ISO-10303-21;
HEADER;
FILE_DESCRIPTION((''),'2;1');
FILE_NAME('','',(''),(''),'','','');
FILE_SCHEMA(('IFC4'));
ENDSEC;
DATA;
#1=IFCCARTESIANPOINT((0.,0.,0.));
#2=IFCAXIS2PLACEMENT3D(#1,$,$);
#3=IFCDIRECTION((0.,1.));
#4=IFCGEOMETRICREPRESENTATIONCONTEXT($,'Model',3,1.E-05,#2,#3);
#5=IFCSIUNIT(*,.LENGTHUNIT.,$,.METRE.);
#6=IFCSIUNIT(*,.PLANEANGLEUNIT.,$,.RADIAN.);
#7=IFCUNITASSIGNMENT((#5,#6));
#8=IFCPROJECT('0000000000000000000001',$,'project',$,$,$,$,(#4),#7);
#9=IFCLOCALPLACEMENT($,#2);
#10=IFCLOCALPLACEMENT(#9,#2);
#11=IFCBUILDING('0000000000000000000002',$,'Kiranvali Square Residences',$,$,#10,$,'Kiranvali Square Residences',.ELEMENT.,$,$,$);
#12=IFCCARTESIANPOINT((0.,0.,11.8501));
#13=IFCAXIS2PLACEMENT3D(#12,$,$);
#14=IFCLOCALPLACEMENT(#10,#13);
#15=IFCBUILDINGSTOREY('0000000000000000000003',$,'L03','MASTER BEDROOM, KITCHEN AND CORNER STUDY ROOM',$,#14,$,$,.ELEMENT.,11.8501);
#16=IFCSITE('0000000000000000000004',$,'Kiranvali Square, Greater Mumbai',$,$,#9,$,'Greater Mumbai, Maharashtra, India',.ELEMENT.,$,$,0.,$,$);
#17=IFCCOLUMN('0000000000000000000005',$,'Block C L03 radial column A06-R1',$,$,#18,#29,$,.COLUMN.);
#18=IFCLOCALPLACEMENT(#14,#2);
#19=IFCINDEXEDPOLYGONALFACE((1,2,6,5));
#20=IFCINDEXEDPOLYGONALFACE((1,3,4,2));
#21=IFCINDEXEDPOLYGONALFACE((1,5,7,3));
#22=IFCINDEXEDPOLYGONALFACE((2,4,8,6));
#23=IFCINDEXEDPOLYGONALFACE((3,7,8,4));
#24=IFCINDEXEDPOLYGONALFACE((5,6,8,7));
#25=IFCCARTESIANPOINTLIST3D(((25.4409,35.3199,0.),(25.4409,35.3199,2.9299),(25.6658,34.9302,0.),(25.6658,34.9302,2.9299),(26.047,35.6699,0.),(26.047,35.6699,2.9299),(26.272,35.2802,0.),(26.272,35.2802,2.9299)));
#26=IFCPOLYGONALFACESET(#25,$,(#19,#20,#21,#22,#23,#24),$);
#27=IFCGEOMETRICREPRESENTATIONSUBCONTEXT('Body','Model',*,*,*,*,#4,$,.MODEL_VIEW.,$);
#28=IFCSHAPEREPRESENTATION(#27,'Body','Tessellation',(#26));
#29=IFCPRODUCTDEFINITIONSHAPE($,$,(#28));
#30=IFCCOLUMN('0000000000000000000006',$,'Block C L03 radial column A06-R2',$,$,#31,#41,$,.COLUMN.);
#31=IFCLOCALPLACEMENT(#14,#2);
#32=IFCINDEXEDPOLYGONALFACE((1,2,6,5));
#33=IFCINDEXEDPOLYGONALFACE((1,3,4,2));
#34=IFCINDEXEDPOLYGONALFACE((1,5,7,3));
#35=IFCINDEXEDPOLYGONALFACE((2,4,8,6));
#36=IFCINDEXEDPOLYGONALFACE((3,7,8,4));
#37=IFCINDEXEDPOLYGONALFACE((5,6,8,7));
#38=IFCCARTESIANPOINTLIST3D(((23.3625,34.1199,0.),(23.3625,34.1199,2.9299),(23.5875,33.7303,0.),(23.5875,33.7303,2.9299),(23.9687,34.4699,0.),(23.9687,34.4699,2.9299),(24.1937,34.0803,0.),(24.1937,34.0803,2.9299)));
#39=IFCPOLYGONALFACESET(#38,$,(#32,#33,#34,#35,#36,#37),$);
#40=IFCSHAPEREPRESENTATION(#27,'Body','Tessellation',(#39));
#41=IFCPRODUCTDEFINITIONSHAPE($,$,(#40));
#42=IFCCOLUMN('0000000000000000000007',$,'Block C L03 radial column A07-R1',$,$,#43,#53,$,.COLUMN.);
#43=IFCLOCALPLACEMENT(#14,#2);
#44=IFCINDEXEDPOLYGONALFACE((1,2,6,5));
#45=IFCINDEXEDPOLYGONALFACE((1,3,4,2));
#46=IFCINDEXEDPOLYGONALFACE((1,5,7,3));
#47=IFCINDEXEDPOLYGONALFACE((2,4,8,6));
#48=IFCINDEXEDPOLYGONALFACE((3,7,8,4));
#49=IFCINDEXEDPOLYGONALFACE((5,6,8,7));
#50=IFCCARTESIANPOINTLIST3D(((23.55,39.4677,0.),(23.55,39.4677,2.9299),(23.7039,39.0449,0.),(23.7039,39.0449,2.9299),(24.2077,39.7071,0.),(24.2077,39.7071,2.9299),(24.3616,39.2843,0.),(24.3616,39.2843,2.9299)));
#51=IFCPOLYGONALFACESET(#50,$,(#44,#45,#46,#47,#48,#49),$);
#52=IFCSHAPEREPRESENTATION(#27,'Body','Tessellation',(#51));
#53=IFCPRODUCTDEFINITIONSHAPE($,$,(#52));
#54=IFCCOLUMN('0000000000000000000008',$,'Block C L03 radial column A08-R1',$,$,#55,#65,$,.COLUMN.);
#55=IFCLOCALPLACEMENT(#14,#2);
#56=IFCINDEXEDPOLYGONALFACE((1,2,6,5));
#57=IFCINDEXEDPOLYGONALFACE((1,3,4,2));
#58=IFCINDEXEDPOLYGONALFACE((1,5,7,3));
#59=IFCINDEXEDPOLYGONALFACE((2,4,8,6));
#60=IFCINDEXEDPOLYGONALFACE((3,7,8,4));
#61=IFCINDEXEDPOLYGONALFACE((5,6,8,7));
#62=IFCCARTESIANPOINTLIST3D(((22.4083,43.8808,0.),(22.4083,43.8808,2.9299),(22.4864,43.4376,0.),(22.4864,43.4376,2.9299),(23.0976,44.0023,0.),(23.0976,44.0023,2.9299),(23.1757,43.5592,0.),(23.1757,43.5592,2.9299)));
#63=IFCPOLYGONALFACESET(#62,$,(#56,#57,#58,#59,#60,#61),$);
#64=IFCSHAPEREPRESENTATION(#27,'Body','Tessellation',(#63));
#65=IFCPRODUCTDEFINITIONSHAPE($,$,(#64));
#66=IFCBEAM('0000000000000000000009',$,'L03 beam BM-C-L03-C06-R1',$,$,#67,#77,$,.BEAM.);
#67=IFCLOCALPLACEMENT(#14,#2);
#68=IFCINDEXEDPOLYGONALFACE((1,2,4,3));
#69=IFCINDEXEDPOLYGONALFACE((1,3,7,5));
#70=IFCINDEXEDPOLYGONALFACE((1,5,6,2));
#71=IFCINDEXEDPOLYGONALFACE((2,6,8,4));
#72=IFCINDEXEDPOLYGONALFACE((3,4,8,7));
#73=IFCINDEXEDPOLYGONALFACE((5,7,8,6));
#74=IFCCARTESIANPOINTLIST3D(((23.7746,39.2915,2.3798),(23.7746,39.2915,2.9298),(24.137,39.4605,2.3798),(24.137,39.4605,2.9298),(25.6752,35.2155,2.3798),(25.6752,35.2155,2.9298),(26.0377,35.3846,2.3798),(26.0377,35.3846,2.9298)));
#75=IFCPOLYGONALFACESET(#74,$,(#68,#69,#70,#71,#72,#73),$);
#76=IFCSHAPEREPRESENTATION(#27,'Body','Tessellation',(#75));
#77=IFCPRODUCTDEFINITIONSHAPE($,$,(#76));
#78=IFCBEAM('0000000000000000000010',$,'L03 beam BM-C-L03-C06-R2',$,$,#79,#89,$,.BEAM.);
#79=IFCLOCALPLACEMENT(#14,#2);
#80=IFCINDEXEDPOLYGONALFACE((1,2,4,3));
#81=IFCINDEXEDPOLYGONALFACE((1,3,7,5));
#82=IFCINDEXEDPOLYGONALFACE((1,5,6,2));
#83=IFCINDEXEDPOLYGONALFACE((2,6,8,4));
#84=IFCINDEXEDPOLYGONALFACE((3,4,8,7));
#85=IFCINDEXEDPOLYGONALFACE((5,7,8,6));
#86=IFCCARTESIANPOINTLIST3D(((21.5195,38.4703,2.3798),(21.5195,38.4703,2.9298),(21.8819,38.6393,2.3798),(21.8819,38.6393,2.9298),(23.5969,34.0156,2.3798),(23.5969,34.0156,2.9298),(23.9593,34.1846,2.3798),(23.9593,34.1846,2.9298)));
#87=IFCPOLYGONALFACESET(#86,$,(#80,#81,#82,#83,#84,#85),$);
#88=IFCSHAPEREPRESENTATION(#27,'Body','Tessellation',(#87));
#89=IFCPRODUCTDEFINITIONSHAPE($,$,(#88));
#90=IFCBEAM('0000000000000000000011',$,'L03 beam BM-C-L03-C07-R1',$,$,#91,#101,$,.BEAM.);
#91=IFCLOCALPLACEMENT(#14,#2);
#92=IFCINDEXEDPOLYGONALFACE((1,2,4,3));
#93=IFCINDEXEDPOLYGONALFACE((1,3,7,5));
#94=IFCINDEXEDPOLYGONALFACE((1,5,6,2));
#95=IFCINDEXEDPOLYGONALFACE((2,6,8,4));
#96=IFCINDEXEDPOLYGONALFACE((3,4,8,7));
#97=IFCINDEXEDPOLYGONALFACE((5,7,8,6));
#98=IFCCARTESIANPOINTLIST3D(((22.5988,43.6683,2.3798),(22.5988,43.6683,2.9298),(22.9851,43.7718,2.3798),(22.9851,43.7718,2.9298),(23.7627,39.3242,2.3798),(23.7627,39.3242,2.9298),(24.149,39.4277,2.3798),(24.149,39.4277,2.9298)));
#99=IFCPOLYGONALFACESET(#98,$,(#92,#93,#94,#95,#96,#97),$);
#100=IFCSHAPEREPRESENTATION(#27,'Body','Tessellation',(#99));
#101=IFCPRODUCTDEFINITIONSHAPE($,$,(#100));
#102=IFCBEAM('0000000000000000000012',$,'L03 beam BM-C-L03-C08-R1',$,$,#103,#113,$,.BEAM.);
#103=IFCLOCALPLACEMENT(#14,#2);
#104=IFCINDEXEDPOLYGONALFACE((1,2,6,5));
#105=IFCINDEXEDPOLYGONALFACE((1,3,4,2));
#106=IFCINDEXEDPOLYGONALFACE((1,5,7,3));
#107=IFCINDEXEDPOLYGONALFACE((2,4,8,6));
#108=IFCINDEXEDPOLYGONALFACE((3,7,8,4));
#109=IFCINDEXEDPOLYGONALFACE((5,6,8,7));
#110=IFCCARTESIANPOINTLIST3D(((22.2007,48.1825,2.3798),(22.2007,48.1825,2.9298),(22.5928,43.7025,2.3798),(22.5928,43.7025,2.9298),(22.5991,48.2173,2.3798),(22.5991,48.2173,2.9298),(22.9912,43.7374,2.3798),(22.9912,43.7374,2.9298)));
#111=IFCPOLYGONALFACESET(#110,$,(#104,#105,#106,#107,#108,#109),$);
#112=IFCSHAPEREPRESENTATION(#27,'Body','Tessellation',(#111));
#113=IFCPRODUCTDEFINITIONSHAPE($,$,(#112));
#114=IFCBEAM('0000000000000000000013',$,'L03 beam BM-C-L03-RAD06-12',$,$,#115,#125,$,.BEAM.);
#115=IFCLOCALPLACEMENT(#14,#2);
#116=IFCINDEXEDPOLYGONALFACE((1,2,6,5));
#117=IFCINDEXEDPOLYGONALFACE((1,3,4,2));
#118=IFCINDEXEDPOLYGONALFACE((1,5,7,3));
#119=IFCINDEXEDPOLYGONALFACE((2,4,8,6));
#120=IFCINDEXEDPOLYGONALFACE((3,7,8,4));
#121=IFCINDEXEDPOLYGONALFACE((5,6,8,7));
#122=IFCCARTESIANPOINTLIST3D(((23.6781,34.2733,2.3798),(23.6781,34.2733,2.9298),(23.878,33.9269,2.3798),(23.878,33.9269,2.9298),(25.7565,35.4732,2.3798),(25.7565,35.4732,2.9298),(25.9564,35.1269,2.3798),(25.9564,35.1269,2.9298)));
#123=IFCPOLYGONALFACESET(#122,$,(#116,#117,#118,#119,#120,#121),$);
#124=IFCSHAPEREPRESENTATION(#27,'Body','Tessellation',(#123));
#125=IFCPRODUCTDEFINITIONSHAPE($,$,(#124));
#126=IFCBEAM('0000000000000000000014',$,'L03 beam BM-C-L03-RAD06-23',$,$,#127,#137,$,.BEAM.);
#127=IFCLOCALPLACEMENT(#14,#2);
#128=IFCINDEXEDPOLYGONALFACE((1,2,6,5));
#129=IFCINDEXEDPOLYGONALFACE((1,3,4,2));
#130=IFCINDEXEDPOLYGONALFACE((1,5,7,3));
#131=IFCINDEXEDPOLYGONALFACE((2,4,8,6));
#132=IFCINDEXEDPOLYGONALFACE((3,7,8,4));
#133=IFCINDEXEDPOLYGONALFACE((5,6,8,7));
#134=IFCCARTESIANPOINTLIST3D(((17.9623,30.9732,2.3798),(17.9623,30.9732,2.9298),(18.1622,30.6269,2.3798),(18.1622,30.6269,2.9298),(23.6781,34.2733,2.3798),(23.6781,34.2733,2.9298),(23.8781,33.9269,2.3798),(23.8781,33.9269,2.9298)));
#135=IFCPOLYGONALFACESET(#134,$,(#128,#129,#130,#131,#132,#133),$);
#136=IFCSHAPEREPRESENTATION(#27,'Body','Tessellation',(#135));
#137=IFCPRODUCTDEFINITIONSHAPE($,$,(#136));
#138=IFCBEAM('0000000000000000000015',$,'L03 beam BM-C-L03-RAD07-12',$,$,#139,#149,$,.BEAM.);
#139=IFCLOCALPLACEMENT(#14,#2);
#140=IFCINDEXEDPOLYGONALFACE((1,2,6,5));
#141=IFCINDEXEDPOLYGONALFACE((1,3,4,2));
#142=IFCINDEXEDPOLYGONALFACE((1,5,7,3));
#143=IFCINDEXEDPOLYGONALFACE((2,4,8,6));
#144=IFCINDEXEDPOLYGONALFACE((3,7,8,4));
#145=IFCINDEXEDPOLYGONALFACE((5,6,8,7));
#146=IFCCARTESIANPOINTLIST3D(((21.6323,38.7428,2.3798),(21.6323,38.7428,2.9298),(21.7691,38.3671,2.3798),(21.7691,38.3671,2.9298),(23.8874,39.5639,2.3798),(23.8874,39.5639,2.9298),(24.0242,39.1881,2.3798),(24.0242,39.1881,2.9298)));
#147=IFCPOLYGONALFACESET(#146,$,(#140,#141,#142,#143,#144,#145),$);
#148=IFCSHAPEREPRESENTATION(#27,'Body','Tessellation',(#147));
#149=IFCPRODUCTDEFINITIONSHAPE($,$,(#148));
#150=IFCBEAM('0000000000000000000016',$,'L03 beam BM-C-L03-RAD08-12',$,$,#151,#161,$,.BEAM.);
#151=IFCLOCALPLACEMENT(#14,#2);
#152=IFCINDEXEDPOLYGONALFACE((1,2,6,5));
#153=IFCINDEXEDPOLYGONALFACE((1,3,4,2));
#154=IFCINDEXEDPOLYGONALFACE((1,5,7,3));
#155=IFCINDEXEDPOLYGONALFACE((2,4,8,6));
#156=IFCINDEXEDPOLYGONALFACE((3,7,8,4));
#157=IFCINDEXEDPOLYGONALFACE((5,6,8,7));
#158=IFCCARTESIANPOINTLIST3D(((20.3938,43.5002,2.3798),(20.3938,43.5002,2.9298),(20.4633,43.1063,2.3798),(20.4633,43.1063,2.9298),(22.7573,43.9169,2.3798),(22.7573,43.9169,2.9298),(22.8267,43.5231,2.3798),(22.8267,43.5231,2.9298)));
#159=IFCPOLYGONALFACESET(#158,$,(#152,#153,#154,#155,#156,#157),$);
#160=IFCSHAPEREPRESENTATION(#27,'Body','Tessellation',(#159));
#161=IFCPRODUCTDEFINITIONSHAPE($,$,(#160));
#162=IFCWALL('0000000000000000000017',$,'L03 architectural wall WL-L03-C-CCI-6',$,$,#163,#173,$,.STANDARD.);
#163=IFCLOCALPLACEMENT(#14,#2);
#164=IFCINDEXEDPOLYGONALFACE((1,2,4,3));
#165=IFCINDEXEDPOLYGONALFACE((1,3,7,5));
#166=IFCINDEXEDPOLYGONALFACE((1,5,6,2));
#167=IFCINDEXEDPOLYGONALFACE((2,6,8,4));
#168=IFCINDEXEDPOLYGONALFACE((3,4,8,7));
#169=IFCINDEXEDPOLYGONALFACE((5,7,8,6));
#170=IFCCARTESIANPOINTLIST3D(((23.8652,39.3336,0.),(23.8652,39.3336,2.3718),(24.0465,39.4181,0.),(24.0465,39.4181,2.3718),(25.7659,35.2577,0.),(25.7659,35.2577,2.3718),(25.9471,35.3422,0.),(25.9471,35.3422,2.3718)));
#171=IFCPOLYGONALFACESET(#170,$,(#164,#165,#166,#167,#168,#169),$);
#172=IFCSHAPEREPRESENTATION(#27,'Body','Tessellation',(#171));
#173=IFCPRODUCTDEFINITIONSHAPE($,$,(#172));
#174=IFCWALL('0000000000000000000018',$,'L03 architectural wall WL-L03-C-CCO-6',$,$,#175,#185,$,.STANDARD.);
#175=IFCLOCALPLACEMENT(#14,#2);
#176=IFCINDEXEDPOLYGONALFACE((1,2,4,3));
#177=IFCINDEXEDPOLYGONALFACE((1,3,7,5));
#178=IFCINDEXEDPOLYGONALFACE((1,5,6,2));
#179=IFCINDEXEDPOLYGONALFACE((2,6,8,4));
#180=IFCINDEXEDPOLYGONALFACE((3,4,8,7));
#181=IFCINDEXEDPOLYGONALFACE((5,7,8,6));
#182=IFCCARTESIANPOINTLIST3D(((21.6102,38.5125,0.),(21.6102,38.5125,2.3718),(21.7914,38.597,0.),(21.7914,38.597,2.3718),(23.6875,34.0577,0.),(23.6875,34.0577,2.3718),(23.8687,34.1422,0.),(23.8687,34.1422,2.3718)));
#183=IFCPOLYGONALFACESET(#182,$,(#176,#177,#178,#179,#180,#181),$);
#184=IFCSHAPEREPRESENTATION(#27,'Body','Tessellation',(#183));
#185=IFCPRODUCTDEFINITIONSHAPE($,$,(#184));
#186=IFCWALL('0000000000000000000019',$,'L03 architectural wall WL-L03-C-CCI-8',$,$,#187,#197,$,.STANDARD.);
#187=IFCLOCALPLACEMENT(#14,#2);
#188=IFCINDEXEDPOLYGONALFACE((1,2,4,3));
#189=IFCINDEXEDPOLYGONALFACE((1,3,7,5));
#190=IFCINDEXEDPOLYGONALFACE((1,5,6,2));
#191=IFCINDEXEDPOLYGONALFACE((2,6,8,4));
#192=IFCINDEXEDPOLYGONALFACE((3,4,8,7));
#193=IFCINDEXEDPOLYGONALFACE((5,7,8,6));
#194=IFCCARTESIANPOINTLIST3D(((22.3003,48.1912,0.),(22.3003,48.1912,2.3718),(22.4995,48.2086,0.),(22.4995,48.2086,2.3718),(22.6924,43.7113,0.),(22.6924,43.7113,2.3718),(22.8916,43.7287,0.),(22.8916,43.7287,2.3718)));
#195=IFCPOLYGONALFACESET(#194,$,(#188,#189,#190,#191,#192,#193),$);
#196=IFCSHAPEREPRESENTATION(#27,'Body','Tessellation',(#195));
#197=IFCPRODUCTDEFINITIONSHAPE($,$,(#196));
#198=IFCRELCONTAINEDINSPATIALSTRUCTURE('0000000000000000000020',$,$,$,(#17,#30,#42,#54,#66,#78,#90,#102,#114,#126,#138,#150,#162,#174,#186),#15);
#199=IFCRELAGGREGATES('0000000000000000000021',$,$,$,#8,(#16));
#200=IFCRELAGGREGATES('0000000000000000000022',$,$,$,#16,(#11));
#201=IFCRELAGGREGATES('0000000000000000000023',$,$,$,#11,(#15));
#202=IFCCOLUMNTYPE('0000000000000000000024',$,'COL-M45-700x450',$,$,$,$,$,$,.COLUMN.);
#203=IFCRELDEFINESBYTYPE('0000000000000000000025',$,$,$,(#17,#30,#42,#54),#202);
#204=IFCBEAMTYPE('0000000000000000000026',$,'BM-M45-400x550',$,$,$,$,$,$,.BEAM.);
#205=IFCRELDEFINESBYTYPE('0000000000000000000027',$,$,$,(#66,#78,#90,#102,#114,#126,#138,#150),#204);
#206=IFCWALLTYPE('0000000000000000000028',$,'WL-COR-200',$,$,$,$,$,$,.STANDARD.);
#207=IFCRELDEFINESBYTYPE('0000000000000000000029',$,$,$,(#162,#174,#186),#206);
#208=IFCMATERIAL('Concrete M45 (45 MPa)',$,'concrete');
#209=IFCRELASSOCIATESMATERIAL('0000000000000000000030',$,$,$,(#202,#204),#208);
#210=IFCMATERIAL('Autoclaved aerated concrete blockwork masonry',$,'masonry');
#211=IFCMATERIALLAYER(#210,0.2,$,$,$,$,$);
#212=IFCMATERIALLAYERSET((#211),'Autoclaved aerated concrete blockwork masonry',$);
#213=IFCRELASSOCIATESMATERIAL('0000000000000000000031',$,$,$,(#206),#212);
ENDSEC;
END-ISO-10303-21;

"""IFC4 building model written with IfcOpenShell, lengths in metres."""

from ifc_helpers import new_model, si_unit, direction, frame, frame_2d, origin, origin_2d, place, context, subcontext, project, spatial, rectangle, extrude, material, layer, layer_set, material_profile, profile_set, type_object, element, save


model = new_model("IFC4")

# Units and contexts
model_context = context("Model", 3, precision=1e-05, world=origin(), true_north=direction((0.0, 1.0)))
body_context = subcontext(model_context, "Body", "Model", "MODEL_VIEW")
ifc_project = project(units=[si_unit("LENGTHUNIT", "METRE"), si_unit("PLANEANGLEUNIT", "RADIAN")], contexts=[model_context])

# Site, building, storey
site_placement = place(None, origin())
site = spatial("IfcSite", under=ifc_project, at=site_placement, Name="Kiranvali Square, Greater Mumbai", LongName="Greater Mumbai, Maharashtra, India", CompositionType="ELEMENT", RefElevation=0.0)
building_placement = place(site_placement, origin())
building = spatial("IfcBuilding", under=site, at=building_placement, Name="Kiranvali Square Residences", LongName="Kiranvali Square Residences", CompositionType="ELEMENT")
storey_placement = place(building_placement, frame((0.0, 0.0, 11.8501)))
storey = spatial("IfcBuildingStorey", under=building, at=storey_placement, Name="L03", Description="MASTER BEDROOM, KITCHEN AND CORNER STUDY ROOM", CompositionType="ELEMENT", Elevation=11.8501)

# Columns
ifc_material_1 = material(Name="Concrete M45 (45 MPa)", Category="concrete")
ifc_material_profile_1 = material_profile(ifc_material_1, rectangle(XDim=0.45, YDim=0.7, at=origin_2d()), Name="RC 700x450")
ifc_profile_set_1 = profile_set([ifc_material_profile_1], Name="Concrete M45 (45 MPa)")
column_type = type_object("IfcColumnType", Name="COL-M45-700x450", PredefinedType="COLUMN", material=ifc_profile_set_1)
for number, where, z_axis, x_axis, name in (
    (1, (25.8564, 35.3, 0.0), (0.0, 0.0, 1.0), (-0.5, 0.866025, 0.0), "Block C L03 radial column A06-R1"),
    (2, (23.7781, 34.1001, 0.0), (0.0, 0.0, 1.0), (-0.5, 0.866025, 0.0), "Block C L03 radial column A06-R2"),
    (3, (23.9558, 39.376, 0.0), (0.0, 0.0, 1.0), (-0.34202, 0.939693, 0.0), "Block C L03 radial column A07-R1"),
    (4, (22.792, 43.72, 0.0), (0.0, 0.0, 1.0), (-0.173648, 0.984808, 0.0), "Block C L03 radial column A08-R1"),
):
    element("IfcColumn", number, at=place(storey_placement, frame(where, z_axis=z_axis, x_axis=x_axis)), inside=storey, type_object=column_type, Name=name, PredefinedType="COLUMN", context=body_context, shape_type="SweptSolid", body=[
        extrude(rectangle(XDim=0.45, YDim=0.7, at=origin_2d()), origin(), (0.0, 0.0, 1.0), 2.9299),
    ])

# Beams
ifc_material_profile_2 = material_profile(ifc_material_1, rectangle(XDim=0.3999, YDim=0.55, at=origin_2d()), Name="RC 400x550")
ifc_profile_set_2 = profile_set([ifc_material_profile_2], Name="Concrete M45 (45 MPa)")
beam_type = type_object("IfcBeamType", Name="BM-M45-400x550", PredefinedType="BEAM", material=ifc_profile_set_2)
beam_1_placement = place(storey_placement, frame((25.8564, 35.3, 2.6548), z_axis=(-0.422618, 0.906308, 0.0), x_axis=(-0.906308, -0.422618, 0.0)))
element("IfcBeam", 5, at=beam_1_placement, inside=storey, type_object=beam_type, Name="L03 beam BM-C-L03-C06-R1", PredefinedType="BEAM", context=body_context, shape_type="SweptSolid", body=[
    extrude(rectangle(XDim=0.3999, YDim=0.55, at=origin_2d()), origin(), (0.0, 0.0, 1.0), 4.4973),
])
beam_2_placement = place(storey_placement, frame((23.7781, 34.1001, 2.6548), z_axis=(-0.42263, 0.906302, 0.0), x_axis=(-0.906302, -0.42263, 0.0)))
element("IfcBeam", 6, at=beam_2_placement, inside=storey, type_object=beam_type, Name="L03 beam BM-C-L03-C06-R2", PredefinedType="BEAM", context=body_context, shape_type="SweptSolid", body=[
    extrude(rectangle(XDim=0.3999, YDim=0.55, at=origin_2d()), origin(), (0.0, 0.0, 1.0), 4.9153),
])
beam_3_placement = place(storey_placement, frame((23.9558, 39.376, 2.6548), z_axis=(-0.258788, 0.965934, 0.0), x_axis=(-0.965934, -0.258788, 0.0)))
element("IfcBeam", 7, at=beam_3_placement, inside=storey, type_object=beam_type, Name="L03 beam BM-C-L03-C07-R1", PredefinedType="BEAM", context=body_context, shape_type="SweptSolid", body=[
    extrude(rectangle(XDim=0.3999, YDim=0.55, at=origin_2d()), origin(), (0.0, 0.0, 1.0), 4.4973),
])
beam_4_placement = place(storey_placement, frame((22.792, 43.72, 2.6548), z_axis=(-0.087187, 0.996192, 0.0), x_axis=(-0.996192, -0.087187, 0.0)))
element("IfcBeam", 8, at=beam_4_placement, inside=storey, type_object=beam_type, Name="L03 beam BM-C-L03-C08-R1", PredefinedType="BEAM", context=body_context, shape_type="SweptSolid", body=[
    extrude(rectangle(XDim=0.3999, YDim=0.55, at=origin_2d()), origin(), (0.0, 0.0, 1.0), 4.4971),
])
beam_5_placement = place(storey_placement, frame((25.8564, 35.3, 2.6548), z_axis=(-0.866025, -0.500001, 0.0), x_axis=(0.500001, -0.866025, 0.0)))
element("IfcBeam", 9, at=beam_5_placement, inside=storey, type_object=beam_type, Name="L03 beam BM-C-L03-RAD06-12", PredefinedType="BEAM", context=body_context, shape_type="SweptSolid", body=[
    extrude(rectangle(XDim=0.3999, YDim=0.55, at=origin_2d()), origin(), (0.0, 0.0, 1.0), 2.3999),
])
beam_6_placement = place(storey_placement, frame((23.7781, 34.1001, 2.6548), z_axis=(-0.866024, -0.500002, 0.0), x_axis=(0.500002, -0.866024, 0.0)))
element("IfcBeam", 10, at=beam_6_placement, inside=storey, type_object=beam_type, Name="L03 beam BM-C-L03-RAD06-23", PredefinedType="BEAM", context=body_context, shape_type="SweptSolid", body=[
    extrude(rectangle(XDim=0.3999, YDim=0.55, at=origin_2d()), origin(), (0.0, 0.0, 1.0), 6.6001),
])
for number, where, z_axis, x_axis, name in (
    (11, (23.9558, 39.376, 2.6548), (-0.93966, -0.342111, 0.0), (0.342111, -0.93966, 0.0), "L03 beam BM-C-L03-RAD07-12"),
    (12, (22.792, 43.72, 2.6548), (-0.984808, -0.173646, 0.0), (0.173646, -0.984808, 0.0), "L03 beam BM-C-L03-RAD08-12"),
):
    element("IfcBeam", number, at=place(storey_placement, frame(where, z_axis=z_axis, x_axis=x_axis)), inside=storey, type_object=beam_type, Name=name, PredefinedType="BEAM", context=body_context, shape_type="SweptSolid", body=[
        extrude(rectangle(XDim=0.3999, YDim=0.55, at=origin_2d()), origin(), (0.0, 0.0, 1.0), 2.3999),
    ])

# Walls
ifc_material_2 = material(Name="Autoclaved aerated concrete blockwork masonry", Category="masonry")
ifc_layer_1 = layer(ifc_material_2, 0.2)
ifc_layer_set_1 = layer_set([ifc_layer_1], Name="Autoclaved aerated concrete blockwork masonry")
wall_type_1 = type_object("IfcWallType", Name="WL-COR-200", PredefinedType="STANDARD", material=ifc_layer_set_1)
wall_1_placement = place(storey_placement, frame((25.8564, 35.3, 0.0), z_axis=(0.0, 0.0, 1.0), x_axis=(-0.422618, 0.906308, 0.0)))
element("IfcWall", 13, at=wall_1_placement, inside=storey, type_object=wall_type_1, Name="L03 architectural wall WL-L03-C-CCI-6", PredefinedType="STANDARD", context=body_context, shape_type="SweptSolid", body=[
    extrude(rectangle(XDim=4.4973, YDim=0.2, at=frame_2d((2.2485, 0.0))), origin(), (0.0, 0.0, 1.0), 2.3718),
])
wall_2_placement = place(storey_placement, frame((23.7781, 34.1001, 0.0), z_axis=(0.0, 0.0, 1.0), x_axis=(-0.42263, 0.906302, 0.0)))
element("IfcWall", 14, at=wall_2_placement, inside=storey, type_object=wall_type_1, Name="L03 architectural wall WL-L03-C-CCO-6", PredefinedType="STANDARD", context=body_context, shape_type="SweptSolid", body=[
    extrude(rectangle(XDim=4.9153, YDim=0.2, at=frame_2d((2.4575, 0.0))), origin(), (0.0, 0.0, 1.0), 2.3718),
])

# Wall
wall_3_placement = place(storey_placement, frame((22.792, 43.72, 0.0), z_axis=(0.0, 0.0, 1.0), x_axis=(-0.087187, 0.996192, 0.0)))
element("IfcWall", 15, at=wall_3_placement, inside=storey, type_object=wall_type_1, Name="L03 architectural wall WL-L03-C-CCI-8", PredefinedType="STANDARD", context=body_context, shape_type="SweptSolid", body=[
    extrude(rectangle(XDim=4.4971, YDim=0.2, at=frame_2d((2.2485, 0.0))), origin(), (0.0, 0.0, 1.0), 2.3718),
])

save(model, "model.ifc")
